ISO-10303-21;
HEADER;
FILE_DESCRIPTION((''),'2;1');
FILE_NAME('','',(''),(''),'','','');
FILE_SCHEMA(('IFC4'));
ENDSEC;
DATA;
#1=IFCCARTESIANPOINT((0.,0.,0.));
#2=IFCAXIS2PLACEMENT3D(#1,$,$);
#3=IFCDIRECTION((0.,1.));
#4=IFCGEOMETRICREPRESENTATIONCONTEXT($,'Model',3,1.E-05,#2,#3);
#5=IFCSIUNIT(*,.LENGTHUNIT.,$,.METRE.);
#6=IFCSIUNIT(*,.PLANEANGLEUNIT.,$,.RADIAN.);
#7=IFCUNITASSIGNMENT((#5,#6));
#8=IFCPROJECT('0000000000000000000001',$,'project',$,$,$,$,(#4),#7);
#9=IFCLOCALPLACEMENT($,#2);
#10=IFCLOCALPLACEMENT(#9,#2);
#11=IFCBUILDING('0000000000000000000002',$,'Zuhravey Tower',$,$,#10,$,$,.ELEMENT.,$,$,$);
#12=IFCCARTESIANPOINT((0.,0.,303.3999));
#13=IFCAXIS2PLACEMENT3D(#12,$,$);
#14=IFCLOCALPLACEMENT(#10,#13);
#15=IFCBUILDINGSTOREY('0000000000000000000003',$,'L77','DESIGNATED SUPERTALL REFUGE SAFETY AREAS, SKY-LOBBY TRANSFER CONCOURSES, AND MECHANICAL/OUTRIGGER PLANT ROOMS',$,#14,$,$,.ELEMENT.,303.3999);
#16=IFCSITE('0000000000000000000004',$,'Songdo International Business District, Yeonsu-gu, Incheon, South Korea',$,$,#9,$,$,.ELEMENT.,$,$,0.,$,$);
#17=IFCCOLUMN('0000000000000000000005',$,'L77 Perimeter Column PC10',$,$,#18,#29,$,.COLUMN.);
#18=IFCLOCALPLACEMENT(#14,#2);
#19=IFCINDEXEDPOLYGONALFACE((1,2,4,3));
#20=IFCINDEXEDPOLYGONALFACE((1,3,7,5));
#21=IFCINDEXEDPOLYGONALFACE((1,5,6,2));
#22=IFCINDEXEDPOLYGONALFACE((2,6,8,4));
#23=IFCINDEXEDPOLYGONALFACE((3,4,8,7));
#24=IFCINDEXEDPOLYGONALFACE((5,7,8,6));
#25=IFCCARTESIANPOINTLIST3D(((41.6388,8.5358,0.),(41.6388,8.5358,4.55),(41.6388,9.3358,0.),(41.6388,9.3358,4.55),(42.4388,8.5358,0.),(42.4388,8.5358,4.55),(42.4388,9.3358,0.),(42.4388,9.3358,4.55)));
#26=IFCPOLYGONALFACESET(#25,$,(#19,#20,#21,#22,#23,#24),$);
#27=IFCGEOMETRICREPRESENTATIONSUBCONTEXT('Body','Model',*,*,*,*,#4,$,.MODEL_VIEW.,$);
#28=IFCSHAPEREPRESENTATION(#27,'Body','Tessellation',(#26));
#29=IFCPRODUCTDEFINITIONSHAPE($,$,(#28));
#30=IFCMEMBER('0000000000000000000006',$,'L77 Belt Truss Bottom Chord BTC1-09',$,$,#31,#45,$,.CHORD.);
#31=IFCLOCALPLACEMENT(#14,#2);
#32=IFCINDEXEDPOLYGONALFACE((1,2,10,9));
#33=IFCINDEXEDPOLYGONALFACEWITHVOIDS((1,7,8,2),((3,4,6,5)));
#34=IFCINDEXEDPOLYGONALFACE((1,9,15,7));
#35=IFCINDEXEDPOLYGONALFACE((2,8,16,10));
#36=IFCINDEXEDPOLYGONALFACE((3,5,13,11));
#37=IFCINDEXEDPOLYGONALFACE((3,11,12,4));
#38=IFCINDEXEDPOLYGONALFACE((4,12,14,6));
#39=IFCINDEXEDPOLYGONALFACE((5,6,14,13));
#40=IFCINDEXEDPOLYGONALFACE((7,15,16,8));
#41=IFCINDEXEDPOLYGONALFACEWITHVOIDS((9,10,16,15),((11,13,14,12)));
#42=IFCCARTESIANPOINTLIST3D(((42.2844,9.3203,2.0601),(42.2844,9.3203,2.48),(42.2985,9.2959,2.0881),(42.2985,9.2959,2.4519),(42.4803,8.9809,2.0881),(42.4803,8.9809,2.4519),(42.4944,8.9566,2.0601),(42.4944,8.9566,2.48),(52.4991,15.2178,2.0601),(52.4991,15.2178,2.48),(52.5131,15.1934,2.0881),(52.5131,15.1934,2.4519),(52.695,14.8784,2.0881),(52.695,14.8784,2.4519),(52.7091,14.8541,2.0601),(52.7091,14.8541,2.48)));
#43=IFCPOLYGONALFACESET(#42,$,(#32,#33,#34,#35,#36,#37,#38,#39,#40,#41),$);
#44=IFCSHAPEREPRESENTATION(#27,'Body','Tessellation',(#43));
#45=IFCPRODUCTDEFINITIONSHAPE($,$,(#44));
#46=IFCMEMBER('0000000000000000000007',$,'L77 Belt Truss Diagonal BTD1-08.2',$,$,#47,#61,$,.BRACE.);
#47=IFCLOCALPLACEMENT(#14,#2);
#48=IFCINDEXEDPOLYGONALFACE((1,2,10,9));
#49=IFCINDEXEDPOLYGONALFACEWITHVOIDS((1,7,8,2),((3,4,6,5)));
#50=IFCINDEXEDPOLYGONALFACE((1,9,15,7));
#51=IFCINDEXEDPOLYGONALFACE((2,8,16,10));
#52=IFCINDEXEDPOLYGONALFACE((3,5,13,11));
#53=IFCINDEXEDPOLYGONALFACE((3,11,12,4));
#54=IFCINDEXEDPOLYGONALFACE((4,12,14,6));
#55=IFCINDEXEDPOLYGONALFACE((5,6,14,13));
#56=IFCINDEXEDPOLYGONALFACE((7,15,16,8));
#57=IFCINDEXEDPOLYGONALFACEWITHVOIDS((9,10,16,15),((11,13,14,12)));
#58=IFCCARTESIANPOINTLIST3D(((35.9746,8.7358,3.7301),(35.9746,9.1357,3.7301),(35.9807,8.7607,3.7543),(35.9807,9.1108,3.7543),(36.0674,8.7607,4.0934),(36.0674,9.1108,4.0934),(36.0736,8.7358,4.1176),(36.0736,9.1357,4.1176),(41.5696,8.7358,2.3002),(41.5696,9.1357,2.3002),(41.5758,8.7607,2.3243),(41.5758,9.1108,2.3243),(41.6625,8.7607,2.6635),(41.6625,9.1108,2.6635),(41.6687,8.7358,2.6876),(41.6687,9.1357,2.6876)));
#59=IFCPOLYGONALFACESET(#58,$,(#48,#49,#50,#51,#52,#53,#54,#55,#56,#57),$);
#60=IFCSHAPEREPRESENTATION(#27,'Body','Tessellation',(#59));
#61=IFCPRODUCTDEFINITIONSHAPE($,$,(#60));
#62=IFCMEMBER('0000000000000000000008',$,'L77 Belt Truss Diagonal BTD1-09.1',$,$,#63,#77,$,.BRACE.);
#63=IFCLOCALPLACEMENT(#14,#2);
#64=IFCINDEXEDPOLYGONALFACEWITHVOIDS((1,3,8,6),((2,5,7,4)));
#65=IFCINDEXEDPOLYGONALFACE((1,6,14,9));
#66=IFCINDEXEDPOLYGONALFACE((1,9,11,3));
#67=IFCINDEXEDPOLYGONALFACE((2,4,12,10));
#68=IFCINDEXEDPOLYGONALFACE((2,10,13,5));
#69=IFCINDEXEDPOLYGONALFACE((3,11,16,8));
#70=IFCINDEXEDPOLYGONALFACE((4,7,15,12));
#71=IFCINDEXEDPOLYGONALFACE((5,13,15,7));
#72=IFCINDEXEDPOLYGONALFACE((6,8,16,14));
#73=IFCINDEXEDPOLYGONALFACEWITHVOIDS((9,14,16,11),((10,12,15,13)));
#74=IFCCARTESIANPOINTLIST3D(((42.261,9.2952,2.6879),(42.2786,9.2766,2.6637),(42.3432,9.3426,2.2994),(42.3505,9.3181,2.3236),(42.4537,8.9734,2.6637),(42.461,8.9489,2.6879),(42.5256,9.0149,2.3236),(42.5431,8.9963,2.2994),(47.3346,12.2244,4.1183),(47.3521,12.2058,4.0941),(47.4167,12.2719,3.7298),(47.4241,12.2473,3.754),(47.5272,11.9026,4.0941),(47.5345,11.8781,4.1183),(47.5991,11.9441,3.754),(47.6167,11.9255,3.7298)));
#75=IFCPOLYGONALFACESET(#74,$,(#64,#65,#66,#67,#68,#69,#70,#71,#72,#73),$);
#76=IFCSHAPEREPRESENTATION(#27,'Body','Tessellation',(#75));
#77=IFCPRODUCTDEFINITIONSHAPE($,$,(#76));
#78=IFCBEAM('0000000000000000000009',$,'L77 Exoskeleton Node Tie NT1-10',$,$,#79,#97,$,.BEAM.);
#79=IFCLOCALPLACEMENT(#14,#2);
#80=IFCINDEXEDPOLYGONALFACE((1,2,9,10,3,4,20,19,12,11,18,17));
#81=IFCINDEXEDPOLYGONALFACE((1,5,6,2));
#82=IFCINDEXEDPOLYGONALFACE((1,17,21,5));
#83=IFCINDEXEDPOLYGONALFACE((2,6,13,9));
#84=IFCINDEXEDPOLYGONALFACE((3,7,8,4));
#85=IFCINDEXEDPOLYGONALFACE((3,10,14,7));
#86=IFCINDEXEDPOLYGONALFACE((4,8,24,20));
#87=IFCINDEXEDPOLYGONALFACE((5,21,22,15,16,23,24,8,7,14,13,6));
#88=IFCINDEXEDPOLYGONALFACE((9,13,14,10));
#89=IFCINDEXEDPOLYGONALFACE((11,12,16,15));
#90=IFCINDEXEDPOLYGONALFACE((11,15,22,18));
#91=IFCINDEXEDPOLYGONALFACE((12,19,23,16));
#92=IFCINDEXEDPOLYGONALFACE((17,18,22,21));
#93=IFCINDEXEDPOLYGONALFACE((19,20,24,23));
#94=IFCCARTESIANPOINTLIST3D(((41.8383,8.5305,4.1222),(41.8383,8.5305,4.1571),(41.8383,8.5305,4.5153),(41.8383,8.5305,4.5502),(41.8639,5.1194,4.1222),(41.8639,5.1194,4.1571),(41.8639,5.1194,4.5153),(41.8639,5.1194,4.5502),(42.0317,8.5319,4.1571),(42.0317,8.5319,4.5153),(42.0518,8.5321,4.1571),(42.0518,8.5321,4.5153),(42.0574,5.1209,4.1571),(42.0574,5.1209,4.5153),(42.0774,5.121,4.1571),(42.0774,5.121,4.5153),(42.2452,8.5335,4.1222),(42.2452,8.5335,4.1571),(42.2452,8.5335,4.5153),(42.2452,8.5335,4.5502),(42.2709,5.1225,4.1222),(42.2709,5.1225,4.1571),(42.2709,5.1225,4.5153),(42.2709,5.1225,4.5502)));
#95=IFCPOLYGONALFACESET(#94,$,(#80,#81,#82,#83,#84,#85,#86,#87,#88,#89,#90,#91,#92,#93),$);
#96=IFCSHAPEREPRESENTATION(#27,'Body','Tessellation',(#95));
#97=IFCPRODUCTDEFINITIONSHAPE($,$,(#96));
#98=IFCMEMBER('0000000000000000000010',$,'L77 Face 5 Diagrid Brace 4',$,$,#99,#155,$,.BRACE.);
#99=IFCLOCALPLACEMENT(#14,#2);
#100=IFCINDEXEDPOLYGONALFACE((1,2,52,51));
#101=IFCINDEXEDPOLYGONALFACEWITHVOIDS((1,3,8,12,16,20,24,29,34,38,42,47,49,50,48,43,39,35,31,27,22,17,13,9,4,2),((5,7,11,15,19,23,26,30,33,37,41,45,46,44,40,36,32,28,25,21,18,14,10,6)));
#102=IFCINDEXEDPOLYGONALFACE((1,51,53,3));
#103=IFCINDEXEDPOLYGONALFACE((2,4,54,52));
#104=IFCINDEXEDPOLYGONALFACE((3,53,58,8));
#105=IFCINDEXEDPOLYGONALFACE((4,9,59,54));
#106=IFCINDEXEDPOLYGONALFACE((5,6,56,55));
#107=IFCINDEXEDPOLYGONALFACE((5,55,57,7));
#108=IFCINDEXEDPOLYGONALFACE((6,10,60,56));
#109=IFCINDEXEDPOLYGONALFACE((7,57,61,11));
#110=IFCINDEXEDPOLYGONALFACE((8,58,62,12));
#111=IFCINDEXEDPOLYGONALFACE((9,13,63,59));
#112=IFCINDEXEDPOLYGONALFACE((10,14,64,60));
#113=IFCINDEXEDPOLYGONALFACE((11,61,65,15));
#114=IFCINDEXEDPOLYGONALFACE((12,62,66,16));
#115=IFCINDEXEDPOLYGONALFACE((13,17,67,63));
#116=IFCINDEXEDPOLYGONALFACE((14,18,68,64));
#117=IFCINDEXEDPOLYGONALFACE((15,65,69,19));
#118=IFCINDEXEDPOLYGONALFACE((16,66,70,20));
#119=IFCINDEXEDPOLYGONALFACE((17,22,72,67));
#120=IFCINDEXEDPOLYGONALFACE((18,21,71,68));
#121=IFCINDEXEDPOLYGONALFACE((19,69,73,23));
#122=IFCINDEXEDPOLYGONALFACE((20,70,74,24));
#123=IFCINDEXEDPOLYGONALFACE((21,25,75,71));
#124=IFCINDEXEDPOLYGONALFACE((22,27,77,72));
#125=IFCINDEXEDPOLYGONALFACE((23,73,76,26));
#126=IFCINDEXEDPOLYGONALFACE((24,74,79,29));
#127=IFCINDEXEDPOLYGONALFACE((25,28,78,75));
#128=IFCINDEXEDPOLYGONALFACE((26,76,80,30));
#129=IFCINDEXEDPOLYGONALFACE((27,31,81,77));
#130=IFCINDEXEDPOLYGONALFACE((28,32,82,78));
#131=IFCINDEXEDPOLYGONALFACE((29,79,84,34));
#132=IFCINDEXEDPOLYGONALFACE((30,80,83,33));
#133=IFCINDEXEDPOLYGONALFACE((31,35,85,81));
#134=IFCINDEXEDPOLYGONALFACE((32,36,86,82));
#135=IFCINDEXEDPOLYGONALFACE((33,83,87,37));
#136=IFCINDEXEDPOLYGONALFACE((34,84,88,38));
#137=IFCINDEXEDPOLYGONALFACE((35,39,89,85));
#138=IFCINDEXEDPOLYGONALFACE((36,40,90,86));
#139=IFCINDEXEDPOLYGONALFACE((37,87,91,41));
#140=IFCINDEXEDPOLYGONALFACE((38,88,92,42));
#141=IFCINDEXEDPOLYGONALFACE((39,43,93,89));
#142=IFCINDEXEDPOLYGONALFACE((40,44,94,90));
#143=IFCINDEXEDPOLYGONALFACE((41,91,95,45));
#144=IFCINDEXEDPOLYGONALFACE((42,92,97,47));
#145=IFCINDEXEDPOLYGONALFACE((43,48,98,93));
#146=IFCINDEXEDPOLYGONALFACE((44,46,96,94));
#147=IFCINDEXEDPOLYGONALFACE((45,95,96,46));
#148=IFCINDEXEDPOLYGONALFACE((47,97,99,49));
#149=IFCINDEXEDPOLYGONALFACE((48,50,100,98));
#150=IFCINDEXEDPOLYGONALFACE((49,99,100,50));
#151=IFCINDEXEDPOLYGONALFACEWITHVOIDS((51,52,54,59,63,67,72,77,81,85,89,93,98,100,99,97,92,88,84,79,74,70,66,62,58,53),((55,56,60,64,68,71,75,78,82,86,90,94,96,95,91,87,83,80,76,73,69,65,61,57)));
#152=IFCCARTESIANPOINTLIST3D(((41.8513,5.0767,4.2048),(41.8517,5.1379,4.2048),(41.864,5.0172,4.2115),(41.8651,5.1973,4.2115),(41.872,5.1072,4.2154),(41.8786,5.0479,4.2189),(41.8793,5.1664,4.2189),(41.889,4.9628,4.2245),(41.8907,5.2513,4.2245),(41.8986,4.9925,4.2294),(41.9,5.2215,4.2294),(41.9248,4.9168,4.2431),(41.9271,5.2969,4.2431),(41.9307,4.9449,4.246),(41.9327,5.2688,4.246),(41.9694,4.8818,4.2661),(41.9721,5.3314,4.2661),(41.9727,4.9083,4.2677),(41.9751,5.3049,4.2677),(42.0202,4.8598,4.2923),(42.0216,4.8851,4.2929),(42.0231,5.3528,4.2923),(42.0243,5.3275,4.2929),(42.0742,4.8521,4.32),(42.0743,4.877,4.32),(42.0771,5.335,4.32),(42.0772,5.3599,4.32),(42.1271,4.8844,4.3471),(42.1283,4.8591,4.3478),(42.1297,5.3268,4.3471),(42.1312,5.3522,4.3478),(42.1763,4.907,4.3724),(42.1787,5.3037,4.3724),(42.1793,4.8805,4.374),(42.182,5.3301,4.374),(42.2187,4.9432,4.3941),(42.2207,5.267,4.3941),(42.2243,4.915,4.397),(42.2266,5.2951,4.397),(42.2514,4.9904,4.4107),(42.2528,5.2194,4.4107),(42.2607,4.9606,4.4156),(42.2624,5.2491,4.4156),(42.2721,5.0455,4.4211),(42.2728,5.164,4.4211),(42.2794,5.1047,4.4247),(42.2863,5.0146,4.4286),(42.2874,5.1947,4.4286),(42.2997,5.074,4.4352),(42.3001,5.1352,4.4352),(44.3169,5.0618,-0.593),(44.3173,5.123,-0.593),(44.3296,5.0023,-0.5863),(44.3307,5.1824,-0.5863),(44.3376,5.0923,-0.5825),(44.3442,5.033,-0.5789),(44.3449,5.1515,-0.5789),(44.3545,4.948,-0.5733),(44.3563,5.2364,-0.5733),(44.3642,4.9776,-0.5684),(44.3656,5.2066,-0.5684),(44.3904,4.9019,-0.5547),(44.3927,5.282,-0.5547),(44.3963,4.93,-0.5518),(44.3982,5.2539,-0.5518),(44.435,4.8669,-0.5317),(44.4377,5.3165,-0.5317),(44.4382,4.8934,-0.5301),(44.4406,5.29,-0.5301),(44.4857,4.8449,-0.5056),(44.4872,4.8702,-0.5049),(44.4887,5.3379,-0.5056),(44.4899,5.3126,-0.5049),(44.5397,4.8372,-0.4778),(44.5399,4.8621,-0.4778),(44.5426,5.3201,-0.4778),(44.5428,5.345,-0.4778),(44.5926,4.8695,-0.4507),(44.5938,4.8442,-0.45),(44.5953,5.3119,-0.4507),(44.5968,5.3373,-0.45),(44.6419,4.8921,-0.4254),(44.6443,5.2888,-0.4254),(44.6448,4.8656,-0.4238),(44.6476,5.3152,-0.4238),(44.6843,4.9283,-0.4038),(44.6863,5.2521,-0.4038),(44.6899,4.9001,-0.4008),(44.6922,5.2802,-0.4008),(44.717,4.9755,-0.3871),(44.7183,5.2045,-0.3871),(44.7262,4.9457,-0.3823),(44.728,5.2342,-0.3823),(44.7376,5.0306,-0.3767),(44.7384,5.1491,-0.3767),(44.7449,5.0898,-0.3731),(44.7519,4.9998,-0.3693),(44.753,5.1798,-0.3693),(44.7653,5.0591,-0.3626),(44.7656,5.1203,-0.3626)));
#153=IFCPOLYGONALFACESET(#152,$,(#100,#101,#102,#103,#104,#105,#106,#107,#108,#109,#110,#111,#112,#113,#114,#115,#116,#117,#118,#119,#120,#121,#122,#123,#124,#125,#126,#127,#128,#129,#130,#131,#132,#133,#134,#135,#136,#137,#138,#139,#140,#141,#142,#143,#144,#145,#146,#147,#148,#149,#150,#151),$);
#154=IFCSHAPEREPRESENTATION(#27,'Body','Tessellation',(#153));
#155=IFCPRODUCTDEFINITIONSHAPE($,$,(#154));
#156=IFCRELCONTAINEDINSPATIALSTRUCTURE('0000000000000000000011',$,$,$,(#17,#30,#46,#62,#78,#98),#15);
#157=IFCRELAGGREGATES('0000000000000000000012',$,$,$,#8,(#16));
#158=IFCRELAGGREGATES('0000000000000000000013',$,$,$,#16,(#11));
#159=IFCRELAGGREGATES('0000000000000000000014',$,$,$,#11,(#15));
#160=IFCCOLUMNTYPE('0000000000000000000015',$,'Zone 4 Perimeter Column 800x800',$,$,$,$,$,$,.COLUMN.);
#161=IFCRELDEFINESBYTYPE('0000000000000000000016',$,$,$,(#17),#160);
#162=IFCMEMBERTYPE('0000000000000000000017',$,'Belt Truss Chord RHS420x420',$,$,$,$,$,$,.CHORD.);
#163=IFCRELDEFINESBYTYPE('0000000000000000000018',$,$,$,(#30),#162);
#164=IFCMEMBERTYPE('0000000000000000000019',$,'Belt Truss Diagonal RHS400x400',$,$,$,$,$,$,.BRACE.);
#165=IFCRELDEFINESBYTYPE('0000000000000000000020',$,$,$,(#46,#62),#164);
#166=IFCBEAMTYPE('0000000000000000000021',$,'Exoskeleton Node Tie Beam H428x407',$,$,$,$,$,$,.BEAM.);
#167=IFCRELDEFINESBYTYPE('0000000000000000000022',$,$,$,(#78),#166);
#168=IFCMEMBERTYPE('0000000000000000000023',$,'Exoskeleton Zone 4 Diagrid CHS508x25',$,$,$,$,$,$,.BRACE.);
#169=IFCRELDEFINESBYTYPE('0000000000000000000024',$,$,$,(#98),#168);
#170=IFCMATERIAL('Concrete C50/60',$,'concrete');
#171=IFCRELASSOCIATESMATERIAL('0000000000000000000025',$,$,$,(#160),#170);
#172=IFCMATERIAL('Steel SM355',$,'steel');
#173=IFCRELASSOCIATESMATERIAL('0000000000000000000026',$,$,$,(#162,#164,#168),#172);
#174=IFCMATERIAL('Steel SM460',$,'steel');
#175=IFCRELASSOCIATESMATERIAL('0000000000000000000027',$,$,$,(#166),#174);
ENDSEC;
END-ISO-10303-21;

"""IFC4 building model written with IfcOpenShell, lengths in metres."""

from ifc_helpers import new_model, si_unit, direction, frame, origin, origin_2d, place, context, subcontext, project, spatial, rectangle, hollow_rectangle, hollow_circle, i_section, extrude, material, material_profile, profile_set, type_object, element, save


model = new_model("IFC4")

# Units and contexts
model_context = context("Model", 3, precision=1e-05, world=origin(), true_north=direction((0.0, 1.0)))
body_context = subcontext(model_context, "Body", "Model", "MODEL_VIEW")
ifc_project = project(units=[si_unit("LENGTHUNIT", "METRE"), si_unit("PLANEANGLEUNIT", "RADIAN")], contexts=[model_context])

# Site, building, storey
site_placement = place(None, origin())
site = spatial("IfcSite", under=ifc_project, at=site_placement, Name="Songdo International Business District, Yeonsu-gu, Incheon, South Korea", CompositionType="ELEMENT", RefElevation=0.0)
building_placement = place(site_placement, origin())
building = spatial("IfcBuilding", under=site, at=building_placement, Name="Zuhravey Tower", CompositionType="ELEMENT")
storey_placement = place(building_placement, frame((0.0, 0.0, 303.3999)))
storey = spatial("IfcBuildingStorey", under=building, at=storey_placement, Name="L77", Description="DESIGNATED SUPERTALL REFUGE SAFETY AREAS, SKY-LOBBY TRANSFER CONCOURSES, AND MECHANICAL/OUTRIGGER PLANT ROOMS", CompositionType="ELEMENT", Elevation=303.3999)

# Column
ifc_material_1 = material(Name="Concrete C50/60", Category="concrete")
ifc_material_profile_1 = material_profile(ifc_material_1, rectangle(XDim=0.8, YDim=0.8, at=origin_2d()), Name="RC-800x800")
ifc_profile_set_1 = profile_set([ifc_material_profile_1], Name="Concrete C50/60")
column_type = type_object("IfcColumnType", Name="Zone 4 Perimeter Column 800x800", PredefinedType="COLUMN", material=ifc_profile_set_1)
column_placement = place(storey_placement, frame((42.0388, 8.9358, 0.0), z_axis=(0.0, 0.0, 1.0), x_axis=(1.0, 0.0, 0.0)))
element("IfcColumn", 1, at=column_placement, inside=storey, type_object=column_type, Name="L77 Perimeter Column PC10", PredefinedType="COLUMN", context=body_context, shape_type="SweptSolid", body=[
    extrude(rectangle(XDim=0.8, YDim=0.8, at=origin_2d()), origin(), (0.0, 0.0, 1.0), 4.55),
])

# Members
ifc_material_2 = material(Name="Steel SM355", Category="steel")
ifc_material_profile_2 = material_profile(ifc_material_2, hollow_rectangle(XDim=0.4199, YDim=0.4199, WallThickness=0.0281, at=origin_2d()), Name="RHS-420x420x28")
ifc_profile_set_2 = profile_set([ifc_material_profile_2], Name="Steel SM355")
member_type_1 = type_object("IfcMemberType", Name="Belt Truss Chord RHS420x420", PredefinedType="CHORD", material=ifc_profile_set_2)
member_1_placement = place(storey_placement, frame((42.3894, 9.1384, 2.27), z_axis=(0.866023, 0.500004, 0.0), x_axis=(-0.500004, 0.866023, 0.0)))
element("IfcMember", 2, at=member_1_placement, inside=storey, type_object=member_type_1, Name="L77 Belt Truss Bottom Chord BTC1-09", PredefinedType="CHORD", context=body_context, shape_type="SweptSolid", body=[
    extrude(hollow_rectangle(XDim=0.4199, YDim=0.4199, WallThickness=0.0281, at=origin_2d()), origin(), (0.0, 0.0, 1.0), 11.7949),
])
ifc_material_profile_3 = material_profile(ifc_material_2, hollow_rectangle(XDim=0.3999, YDim=0.3999, WallThickness=0.0249, at=origin_2d()), Name="RHS-400x400x25")
ifc_profile_set_3 = profile_set([ifc_material_profile_3], Name="Steel SM355")
member_type_2 = type_object("IfcMemberType", Name="Belt Truss Diagonal RHS400x400", PredefinedType="BRACE", material=ifc_profile_set_3)
member_2_placement = place(storey_placement, frame((41.6191, 8.9358, 2.4939), z_axis=(-0.968858, 0.0, 0.247615), x_axis=(0.0, -1.0, 0.0)))
element("IfcMember", 3, at=member_2_placement, inside=storey, type_object=member_type_2, Name="L77 Belt Truss Diagonal BTD1-08.2", PredefinedType="BRACE", context=body_context, shape_type="SweptSolid", body=[
    extrude(hollow_rectangle(XDim=0.3999, YDim=0.3999, WallThickness=0.0249, at=origin_2d()), origin(), (0.0, 0.0, 1.0), 5.7749),
])
member_3_placement = place(storey_placement, frame((42.4021, 9.1458, 2.4937), z_axis=(0.841309, 0.485733, 0.237199), x_axis=(-0.500003, 0.866024, 0.0)))
element("IfcMember", 4, at=member_3_placement, inside=storey, type_object=member_type_2, Name="L77 Belt Truss Diagonal BTD1-09.1", PredefinedType="BRACE", context=body_context, shape_type="SweptSolid", body=[
    extrude(hollow_rectangle(XDim=0.3999, YDim=0.3999, WallThickness=0.0249, at=origin_2d()), origin(), (0.0, 0.0, 1.0), 6.0305),
])

# Beam
ifc_material_3 = material(Name="Steel SM460", Category="steel")
ifc_material_profile_4 = material_profile(ifc_material_3, i_section(OverallWidth=0.407, OverallDepth=0.428, WebThickness=0.02, FlangeThickness=0.0349, at=origin_2d()), Name="H-428x407x20x35")
ifc_profile_set_4 = profile_set([ifc_material_profile_4], Name="Steel SM460")
beam_type_1 = type_object("IfcBeamType", Name="Exoskeleton Node Tie Beam H428x407", PredefinedType="BEAM", material=ifc_profile_set_4)
beam_1_placement = place(storey_placement, frame((42.0417, 8.532, 4.3362), z_axis=(0.007515, -0.999972, 0.0), x_axis=(0.999972, 0.007515, 0.0)))
element("IfcBeam", 5, at=beam_1_placement, inside=storey, type_object=beam_type_1, Name="L77 Exoskeleton Node Tie NT1-10", PredefinedType="BEAM", context=body_context, shape_type="SweptSolid", body=[
    extrude(i_section(OverallWidth=0.407, OverallDepth=0.428, WebThickness=0.02, FlangeThickness=0.0349, at=origin_2d()), origin(), (0.0, 0.0, 1.0), 3.4111),
])

# Member
ifc_material_profile_5 = material_profile(ifc_material_2, hollow_circle(Radius=0.2539, WallThickness=0.0249, at=origin_2d()), Name="CHS-508.0x25")
ifc_profile_set_5 = profile_set([ifc_material_profile_5], Name="Steel SM355")
member_type_3 = type_object("IfcMemberType", Name="Exoskeleton Zone 4 Diagrid CHS508x25", PredefinedType="BRACE", material=ifc_profile_set_5)
member_4_placement = place(storey_placement, frame((44.5413, 5.0911, -0.4778), z_axis=(-0.457069, 0.002761, 0.889427), x_axis=(-0.00604, -0.999982, 0.0)))
element("IfcMember", 6, at=member_4_placement, inside=storey, type_object=member_type_3, Name="L77 Face 5 Diagrid Brace 4", PredefinedType="BRACE", context=body_context, shape_type="SweptSolid", body=[
    extrude(hollow_circle(Radius=0.2539, WallThickness=0.0249, at=origin_2d()), origin(), (0.0, 0.0, 1.0), 5.3943),
])

save(model, "model.ifc")
